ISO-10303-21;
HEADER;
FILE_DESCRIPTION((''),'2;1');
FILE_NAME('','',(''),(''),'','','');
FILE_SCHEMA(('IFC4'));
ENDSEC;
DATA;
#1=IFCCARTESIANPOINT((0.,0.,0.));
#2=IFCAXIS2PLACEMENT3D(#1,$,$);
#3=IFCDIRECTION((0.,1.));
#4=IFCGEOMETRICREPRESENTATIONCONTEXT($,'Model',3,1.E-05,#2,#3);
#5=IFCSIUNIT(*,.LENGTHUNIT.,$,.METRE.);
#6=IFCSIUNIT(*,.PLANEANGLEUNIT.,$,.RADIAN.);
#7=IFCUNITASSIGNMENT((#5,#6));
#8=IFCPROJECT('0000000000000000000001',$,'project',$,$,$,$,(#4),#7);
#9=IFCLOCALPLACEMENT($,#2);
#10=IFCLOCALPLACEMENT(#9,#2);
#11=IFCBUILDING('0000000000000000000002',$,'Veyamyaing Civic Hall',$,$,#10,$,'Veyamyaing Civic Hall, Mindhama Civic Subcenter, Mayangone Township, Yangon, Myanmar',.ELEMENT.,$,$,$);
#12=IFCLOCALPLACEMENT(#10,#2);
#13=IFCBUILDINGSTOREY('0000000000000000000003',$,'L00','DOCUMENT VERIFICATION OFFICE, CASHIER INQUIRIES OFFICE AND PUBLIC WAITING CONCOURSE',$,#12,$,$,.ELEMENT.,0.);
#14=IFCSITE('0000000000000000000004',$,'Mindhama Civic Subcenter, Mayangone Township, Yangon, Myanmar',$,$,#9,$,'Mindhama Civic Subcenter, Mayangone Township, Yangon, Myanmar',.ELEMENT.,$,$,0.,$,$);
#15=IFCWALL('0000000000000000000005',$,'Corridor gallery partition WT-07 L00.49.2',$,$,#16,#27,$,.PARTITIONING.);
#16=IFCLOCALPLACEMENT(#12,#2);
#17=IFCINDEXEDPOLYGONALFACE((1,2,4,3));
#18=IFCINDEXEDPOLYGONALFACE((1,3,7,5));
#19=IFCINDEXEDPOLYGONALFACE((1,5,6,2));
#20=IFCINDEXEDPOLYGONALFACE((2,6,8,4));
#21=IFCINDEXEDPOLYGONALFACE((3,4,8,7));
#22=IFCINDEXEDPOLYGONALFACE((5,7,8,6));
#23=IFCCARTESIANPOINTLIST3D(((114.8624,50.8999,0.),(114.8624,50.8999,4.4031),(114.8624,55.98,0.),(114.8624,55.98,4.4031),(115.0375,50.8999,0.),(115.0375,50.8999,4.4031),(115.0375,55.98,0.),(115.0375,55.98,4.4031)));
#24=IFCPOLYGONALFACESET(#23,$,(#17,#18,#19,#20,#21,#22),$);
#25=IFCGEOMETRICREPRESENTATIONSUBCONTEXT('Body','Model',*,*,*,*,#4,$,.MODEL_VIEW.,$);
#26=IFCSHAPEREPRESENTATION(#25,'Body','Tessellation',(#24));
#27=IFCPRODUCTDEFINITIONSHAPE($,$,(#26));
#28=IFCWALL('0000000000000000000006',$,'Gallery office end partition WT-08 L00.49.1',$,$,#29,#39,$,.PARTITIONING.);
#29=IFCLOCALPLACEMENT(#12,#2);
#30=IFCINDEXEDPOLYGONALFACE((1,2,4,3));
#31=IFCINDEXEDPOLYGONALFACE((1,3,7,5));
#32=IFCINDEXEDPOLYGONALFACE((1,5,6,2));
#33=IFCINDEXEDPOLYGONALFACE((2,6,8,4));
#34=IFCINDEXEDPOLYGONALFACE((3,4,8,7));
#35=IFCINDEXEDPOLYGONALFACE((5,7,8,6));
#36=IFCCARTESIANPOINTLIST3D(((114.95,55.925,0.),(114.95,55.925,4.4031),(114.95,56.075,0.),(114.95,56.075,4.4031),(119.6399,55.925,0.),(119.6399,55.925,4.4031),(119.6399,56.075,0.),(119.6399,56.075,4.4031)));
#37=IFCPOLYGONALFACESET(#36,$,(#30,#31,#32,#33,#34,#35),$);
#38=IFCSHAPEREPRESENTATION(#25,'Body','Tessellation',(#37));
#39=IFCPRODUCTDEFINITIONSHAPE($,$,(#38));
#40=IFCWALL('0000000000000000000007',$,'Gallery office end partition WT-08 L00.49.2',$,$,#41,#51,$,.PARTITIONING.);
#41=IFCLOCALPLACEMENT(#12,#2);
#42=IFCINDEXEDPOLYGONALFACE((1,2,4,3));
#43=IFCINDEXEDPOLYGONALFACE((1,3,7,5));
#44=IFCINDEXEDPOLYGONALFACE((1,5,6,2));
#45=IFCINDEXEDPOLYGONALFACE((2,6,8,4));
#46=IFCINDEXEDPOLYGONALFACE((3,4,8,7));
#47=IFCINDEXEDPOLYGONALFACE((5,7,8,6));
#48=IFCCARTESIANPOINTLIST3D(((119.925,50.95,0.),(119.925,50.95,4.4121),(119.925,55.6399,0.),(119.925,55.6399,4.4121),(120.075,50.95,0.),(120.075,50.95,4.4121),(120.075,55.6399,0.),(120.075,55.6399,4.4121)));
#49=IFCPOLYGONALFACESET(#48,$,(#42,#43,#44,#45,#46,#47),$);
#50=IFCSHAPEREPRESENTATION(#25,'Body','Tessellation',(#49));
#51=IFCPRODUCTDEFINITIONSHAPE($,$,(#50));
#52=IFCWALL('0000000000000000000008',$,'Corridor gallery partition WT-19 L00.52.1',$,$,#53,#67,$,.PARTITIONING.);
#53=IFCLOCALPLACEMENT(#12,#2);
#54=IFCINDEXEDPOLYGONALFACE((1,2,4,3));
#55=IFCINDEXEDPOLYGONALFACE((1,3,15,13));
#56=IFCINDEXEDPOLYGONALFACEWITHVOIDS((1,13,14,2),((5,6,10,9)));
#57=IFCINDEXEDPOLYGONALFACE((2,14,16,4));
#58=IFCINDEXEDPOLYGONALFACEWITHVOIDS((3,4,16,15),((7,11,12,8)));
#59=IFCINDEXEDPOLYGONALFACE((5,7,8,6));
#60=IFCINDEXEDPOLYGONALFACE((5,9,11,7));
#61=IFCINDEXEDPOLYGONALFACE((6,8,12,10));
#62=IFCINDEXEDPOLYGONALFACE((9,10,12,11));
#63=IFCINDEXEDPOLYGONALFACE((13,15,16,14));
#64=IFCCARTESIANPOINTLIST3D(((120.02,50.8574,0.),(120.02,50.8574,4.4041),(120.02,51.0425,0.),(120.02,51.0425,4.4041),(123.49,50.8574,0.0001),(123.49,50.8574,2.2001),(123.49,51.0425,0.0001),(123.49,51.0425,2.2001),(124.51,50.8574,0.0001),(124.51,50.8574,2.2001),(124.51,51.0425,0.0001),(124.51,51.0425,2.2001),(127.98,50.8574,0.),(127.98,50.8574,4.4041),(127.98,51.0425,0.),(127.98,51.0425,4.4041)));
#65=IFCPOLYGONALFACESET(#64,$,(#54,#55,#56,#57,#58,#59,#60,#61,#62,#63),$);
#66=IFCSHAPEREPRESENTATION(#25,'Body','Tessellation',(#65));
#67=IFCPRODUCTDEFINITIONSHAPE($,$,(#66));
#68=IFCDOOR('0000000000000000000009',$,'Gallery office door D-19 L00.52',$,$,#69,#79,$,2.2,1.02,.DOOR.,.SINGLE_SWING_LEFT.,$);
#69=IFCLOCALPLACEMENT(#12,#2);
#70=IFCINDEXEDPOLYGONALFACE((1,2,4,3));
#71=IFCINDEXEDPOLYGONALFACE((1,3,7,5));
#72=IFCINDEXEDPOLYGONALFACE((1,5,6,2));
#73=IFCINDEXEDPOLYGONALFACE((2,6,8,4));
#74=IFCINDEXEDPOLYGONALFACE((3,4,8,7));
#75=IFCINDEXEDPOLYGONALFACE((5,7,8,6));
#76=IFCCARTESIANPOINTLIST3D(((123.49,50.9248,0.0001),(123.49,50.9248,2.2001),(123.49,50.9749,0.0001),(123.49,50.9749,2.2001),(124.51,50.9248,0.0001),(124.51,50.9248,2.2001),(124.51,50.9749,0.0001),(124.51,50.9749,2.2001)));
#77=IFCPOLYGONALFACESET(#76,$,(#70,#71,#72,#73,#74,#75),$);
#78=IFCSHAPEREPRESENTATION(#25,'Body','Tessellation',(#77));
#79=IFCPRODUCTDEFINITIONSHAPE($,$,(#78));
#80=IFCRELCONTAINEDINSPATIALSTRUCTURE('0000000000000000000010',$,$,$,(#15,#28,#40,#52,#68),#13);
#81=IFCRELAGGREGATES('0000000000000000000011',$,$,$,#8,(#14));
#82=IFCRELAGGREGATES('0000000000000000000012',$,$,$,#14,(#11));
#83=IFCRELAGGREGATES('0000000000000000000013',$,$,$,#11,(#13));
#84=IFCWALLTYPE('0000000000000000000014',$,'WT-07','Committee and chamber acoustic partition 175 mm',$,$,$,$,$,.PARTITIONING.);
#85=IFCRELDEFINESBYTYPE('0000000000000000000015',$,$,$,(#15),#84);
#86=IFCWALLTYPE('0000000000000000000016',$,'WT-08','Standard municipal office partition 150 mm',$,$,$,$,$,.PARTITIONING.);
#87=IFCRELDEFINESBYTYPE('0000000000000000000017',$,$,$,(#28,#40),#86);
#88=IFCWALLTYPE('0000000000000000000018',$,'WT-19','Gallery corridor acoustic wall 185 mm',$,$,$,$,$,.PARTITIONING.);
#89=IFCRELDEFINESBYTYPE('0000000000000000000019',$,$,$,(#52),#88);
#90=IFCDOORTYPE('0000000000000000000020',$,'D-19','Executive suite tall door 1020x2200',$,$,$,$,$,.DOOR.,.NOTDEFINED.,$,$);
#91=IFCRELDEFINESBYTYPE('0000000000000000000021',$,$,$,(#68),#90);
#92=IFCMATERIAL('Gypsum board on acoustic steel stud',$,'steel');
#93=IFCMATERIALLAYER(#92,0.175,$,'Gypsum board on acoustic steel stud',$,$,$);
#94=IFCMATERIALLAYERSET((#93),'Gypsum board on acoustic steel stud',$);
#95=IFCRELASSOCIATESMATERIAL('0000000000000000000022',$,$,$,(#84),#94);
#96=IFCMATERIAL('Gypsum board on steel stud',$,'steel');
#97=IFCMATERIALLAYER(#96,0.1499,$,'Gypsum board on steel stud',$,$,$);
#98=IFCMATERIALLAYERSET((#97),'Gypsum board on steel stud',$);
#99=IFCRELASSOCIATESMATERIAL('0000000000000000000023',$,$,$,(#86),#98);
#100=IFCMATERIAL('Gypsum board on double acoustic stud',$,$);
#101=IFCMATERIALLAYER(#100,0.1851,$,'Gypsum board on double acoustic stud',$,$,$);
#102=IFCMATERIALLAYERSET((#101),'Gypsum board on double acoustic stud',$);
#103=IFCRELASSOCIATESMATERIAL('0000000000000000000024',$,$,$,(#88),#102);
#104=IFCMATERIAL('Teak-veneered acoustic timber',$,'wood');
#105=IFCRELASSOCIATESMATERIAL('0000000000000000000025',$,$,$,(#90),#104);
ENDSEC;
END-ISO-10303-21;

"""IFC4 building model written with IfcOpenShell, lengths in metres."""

from ifc_helpers import new_model, si_unit, direction, frame, frame_2d, origin, place, context, subcontext, project, spatial, rectangle, extrude, material, layer, layer_set, type_object, element, fill, save


model = new_model("IFC4")

# Units and contexts
model_context = context("Model", 3, precision=1e-05, world=origin(), true_north=direction((0.0, 1.0)))
body_context = subcontext(model_context, "Body", "Model", "MODEL_VIEW")
ifc_project = project(units=[si_unit("LENGTHUNIT", "METRE"), si_unit("PLANEANGLEUNIT", "RADIAN")], contexts=[model_context])

# Site, building, storey
site_placement = place(None, origin())
site = spatial("IfcSite", under=ifc_project, at=site_placement, Name="Mindhama Civic Subcenter, Mayangone Township, Yangon, Myanmar", LongName="Mindhama Civic Subcenter, Mayangone Township, Yangon, Myanmar", CompositionType="ELEMENT", RefElevation=0.0)
building_placement = place(site_placement, origin())
building = spatial("IfcBuilding", under=site, at=building_placement, Name="Veyamyaing Civic Hall", LongName="Veyamyaing Civic Hall, Mindhama Civic Subcenter, Mayangone Township, Yangon, Myanmar", CompositionType="ELEMENT")
storey_placement = place(building_placement, origin())
storey = spatial("IfcBuildingStorey", under=building, at=storey_placement, Name="L00", Description="DOCUMENT VERIFICATION OFFICE, CASHIER INQUIRIES OFFICE AND PUBLIC WAITING CONCOURSE", CompositionType="ELEMENT", Elevation=0.0)

# Shared definitions
ifc_material_1 = material(Name="Gypsum board on acoustic steel stud", Category="steel")
ifc_layer_1 = layer(ifc_material_1, 0.175, Name="Gypsum board on acoustic steel stud")
ifc_layer_set_1 = layer_set([ifc_layer_1], Name="Gypsum board on acoustic steel stud")
wall_type_1 = type_object("IfcWallType", Name="WT-07", Description="Committee and chamber acoustic partition 175 mm", PredefinedType="PARTITIONING", material=ifc_layer_set_1)
ifc_material_2 = material(Name="Teak-veneered acoustic timber", Category="wood")

# Wall
wall_1_placement = place(storey_placement, frame((114.95, 50.8999, 0.0), z_axis=(0.0, 0.0, 1.0), x_axis=(0.0, 1.0, 0.0)))
element("IfcWall", 1, at=wall_1_placement, inside=storey, type_object=wall_type_1, Name="Corridor gallery partition WT-07 L00.49.2", PredefinedType="PARTITIONING", context=body_context, shape_type="SweptSolid", body=[
    extrude(rectangle(XDim=5.0801, YDim=0.175, at=frame_2d((2.54, 0.0))), origin(), (0.0, 0.0, 1.0), 4.4031),
])

# Walls
ifc_material_3 = material(Name="Gypsum board on steel stud", Category="steel")
ifc_layer_2 = layer(ifc_material_3, 0.1499, Name="Gypsum board on steel stud")
ifc_layer_set_2 = layer_set([ifc_layer_2], Name="Gypsum board on steel stud")
wall_type_2 = type_object("IfcWallType", Name="WT-08", Description="Standard municipal office partition 150 mm", PredefinedType="PARTITIONING", material=ifc_layer_set_2)
wall_2_placement = place(storey_placement, frame((114.95, 56.0, 0.0), z_axis=(0.0, 0.0, 1.0), x_axis=(1.0, 0.0, 0.0)))
element("IfcWall", 2, at=wall_2_placement, inside=storey, type_object=wall_type_2, Name="Gallery office end partition WT-08 L00.49.1", PredefinedType="PARTITIONING", context=body_context, shape_type="SweptSolid", body=[
    extrude(rectangle(XDim=4.6899, YDim=0.1499, at=frame_2d((2.345, 0.0))), origin(), (0.0, 0.0, 1.0), 4.4031),
])
wall_3_placement = place(storey_placement, frame((120.0, 50.95, 0.0), z_axis=(0.0, 0.0, 1.0), x_axis=(0.0, 1.0, 0.0)))
element("IfcWall", 3, at=wall_3_placement, inside=storey, type_object=wall_type_2, Name="Gallery office end partition WT-08 L00.49.2", PredefinedType="PARTITIONING", context=body_context, shape_type="SweptSolid", body=[
    extrude(rectangle(XDim=4.6899, YDim=0.1499, at=frame_2d((2.345, 0.0))), origin(), (0.0, 0.0, 1.0), 4.4121),
])

# Wall, opening, door
ifc_material_4 = material(Name="Gypsum board on double acoustic stud")
ifc_layer_3 = layer(ifc_material_4, 0.1851, Name="Gypsum board on double acoustic stud")
ifc_layer_set_3 = layer_set([ifc_layer_3], Name="Gypsum board on double acoustic stud")
wall_type_3 = type_object("IfcWallType", Name="WT-19", Description="Gallery corridor acoustic wall 185 mm", PredefinedType="PARTITIONING", material=ifc_layer_set_3)
wall_4_placement = place(storey_placement, frame((120.02, 50.95, 0.0), z_axis=(0.0, 0.0, 1.0), x_axis=(1.0, 0.0, 0.0)))
wall_4 = element("IfcWall", 4, at=wall_4_placement, inside=storey, type_object=wall_type_3, Name="Corridor gallery partition WT-19 L00.52.1", PredefinedType="PARTITIONING", context=body_context, shape_type="SweptSolid", body=[
    extrude(rectangle(XDim=7.96, YDim=0.1851, at=frame_2d((3.98, 0.0))), origin(), (0.0, 0.0, 1.0), 4.4041),
])
opening_1_placement = place(wall_4_placement, frame((3.47, 0.0, 0.0)))
opening_1 = element("IfcOpeningElement", 5, at=opening_1_placement, cuts=wall_4, PredefinedType="OPENING", context=body_context, shape_type="SweptSolid", body=[
    extrude(rectangle(XDim=1.02, YDim=2.2, at=frame_2d((0.51, 1.1001))), frame((0.0, 0.1025, 0.0), z_axis=(0.0, -1.0, 0.0), x_axis=(1.0, 0.0, 0.0)), (0.0, 0.0, 1.0), 0.2051),
])
door_type_1 = type_object("IfcDoorType", Name="D-19", Description="Executive suite tall door 1020x2200", OperationType="NOTDEFINED", PredefinedType="DOOR", material=ifc_material_2)
door_1_placement = place(opening_1_placement, origin())
door_1 = element("IfcDoor", 6, at=door_1_placement, inside=storey, type_object=door_type_1, Name="Gallery office door D-19 L00.52", OperationType="SINGLE_SWING_LEFT", OverallHeight=2.2, OverallWidth=1.02, PredefinedType="DOOR", context=body_context, shape_type="SweptSolid", body=[
    extrude(rectangle(XDim=1.02, YDim=2.2, at=frame_2d((0.51, 1.1001))), frame((0.0, 0.0249, 0.0), z_axis=(0.0, -1.0, 0.0), x_axis=(1.0, 0.0, 0.0)), (0.0, 0.0, 1.0), 0.05),
])
fill(opening_1, door_1)

save(model, "model.ifc")
